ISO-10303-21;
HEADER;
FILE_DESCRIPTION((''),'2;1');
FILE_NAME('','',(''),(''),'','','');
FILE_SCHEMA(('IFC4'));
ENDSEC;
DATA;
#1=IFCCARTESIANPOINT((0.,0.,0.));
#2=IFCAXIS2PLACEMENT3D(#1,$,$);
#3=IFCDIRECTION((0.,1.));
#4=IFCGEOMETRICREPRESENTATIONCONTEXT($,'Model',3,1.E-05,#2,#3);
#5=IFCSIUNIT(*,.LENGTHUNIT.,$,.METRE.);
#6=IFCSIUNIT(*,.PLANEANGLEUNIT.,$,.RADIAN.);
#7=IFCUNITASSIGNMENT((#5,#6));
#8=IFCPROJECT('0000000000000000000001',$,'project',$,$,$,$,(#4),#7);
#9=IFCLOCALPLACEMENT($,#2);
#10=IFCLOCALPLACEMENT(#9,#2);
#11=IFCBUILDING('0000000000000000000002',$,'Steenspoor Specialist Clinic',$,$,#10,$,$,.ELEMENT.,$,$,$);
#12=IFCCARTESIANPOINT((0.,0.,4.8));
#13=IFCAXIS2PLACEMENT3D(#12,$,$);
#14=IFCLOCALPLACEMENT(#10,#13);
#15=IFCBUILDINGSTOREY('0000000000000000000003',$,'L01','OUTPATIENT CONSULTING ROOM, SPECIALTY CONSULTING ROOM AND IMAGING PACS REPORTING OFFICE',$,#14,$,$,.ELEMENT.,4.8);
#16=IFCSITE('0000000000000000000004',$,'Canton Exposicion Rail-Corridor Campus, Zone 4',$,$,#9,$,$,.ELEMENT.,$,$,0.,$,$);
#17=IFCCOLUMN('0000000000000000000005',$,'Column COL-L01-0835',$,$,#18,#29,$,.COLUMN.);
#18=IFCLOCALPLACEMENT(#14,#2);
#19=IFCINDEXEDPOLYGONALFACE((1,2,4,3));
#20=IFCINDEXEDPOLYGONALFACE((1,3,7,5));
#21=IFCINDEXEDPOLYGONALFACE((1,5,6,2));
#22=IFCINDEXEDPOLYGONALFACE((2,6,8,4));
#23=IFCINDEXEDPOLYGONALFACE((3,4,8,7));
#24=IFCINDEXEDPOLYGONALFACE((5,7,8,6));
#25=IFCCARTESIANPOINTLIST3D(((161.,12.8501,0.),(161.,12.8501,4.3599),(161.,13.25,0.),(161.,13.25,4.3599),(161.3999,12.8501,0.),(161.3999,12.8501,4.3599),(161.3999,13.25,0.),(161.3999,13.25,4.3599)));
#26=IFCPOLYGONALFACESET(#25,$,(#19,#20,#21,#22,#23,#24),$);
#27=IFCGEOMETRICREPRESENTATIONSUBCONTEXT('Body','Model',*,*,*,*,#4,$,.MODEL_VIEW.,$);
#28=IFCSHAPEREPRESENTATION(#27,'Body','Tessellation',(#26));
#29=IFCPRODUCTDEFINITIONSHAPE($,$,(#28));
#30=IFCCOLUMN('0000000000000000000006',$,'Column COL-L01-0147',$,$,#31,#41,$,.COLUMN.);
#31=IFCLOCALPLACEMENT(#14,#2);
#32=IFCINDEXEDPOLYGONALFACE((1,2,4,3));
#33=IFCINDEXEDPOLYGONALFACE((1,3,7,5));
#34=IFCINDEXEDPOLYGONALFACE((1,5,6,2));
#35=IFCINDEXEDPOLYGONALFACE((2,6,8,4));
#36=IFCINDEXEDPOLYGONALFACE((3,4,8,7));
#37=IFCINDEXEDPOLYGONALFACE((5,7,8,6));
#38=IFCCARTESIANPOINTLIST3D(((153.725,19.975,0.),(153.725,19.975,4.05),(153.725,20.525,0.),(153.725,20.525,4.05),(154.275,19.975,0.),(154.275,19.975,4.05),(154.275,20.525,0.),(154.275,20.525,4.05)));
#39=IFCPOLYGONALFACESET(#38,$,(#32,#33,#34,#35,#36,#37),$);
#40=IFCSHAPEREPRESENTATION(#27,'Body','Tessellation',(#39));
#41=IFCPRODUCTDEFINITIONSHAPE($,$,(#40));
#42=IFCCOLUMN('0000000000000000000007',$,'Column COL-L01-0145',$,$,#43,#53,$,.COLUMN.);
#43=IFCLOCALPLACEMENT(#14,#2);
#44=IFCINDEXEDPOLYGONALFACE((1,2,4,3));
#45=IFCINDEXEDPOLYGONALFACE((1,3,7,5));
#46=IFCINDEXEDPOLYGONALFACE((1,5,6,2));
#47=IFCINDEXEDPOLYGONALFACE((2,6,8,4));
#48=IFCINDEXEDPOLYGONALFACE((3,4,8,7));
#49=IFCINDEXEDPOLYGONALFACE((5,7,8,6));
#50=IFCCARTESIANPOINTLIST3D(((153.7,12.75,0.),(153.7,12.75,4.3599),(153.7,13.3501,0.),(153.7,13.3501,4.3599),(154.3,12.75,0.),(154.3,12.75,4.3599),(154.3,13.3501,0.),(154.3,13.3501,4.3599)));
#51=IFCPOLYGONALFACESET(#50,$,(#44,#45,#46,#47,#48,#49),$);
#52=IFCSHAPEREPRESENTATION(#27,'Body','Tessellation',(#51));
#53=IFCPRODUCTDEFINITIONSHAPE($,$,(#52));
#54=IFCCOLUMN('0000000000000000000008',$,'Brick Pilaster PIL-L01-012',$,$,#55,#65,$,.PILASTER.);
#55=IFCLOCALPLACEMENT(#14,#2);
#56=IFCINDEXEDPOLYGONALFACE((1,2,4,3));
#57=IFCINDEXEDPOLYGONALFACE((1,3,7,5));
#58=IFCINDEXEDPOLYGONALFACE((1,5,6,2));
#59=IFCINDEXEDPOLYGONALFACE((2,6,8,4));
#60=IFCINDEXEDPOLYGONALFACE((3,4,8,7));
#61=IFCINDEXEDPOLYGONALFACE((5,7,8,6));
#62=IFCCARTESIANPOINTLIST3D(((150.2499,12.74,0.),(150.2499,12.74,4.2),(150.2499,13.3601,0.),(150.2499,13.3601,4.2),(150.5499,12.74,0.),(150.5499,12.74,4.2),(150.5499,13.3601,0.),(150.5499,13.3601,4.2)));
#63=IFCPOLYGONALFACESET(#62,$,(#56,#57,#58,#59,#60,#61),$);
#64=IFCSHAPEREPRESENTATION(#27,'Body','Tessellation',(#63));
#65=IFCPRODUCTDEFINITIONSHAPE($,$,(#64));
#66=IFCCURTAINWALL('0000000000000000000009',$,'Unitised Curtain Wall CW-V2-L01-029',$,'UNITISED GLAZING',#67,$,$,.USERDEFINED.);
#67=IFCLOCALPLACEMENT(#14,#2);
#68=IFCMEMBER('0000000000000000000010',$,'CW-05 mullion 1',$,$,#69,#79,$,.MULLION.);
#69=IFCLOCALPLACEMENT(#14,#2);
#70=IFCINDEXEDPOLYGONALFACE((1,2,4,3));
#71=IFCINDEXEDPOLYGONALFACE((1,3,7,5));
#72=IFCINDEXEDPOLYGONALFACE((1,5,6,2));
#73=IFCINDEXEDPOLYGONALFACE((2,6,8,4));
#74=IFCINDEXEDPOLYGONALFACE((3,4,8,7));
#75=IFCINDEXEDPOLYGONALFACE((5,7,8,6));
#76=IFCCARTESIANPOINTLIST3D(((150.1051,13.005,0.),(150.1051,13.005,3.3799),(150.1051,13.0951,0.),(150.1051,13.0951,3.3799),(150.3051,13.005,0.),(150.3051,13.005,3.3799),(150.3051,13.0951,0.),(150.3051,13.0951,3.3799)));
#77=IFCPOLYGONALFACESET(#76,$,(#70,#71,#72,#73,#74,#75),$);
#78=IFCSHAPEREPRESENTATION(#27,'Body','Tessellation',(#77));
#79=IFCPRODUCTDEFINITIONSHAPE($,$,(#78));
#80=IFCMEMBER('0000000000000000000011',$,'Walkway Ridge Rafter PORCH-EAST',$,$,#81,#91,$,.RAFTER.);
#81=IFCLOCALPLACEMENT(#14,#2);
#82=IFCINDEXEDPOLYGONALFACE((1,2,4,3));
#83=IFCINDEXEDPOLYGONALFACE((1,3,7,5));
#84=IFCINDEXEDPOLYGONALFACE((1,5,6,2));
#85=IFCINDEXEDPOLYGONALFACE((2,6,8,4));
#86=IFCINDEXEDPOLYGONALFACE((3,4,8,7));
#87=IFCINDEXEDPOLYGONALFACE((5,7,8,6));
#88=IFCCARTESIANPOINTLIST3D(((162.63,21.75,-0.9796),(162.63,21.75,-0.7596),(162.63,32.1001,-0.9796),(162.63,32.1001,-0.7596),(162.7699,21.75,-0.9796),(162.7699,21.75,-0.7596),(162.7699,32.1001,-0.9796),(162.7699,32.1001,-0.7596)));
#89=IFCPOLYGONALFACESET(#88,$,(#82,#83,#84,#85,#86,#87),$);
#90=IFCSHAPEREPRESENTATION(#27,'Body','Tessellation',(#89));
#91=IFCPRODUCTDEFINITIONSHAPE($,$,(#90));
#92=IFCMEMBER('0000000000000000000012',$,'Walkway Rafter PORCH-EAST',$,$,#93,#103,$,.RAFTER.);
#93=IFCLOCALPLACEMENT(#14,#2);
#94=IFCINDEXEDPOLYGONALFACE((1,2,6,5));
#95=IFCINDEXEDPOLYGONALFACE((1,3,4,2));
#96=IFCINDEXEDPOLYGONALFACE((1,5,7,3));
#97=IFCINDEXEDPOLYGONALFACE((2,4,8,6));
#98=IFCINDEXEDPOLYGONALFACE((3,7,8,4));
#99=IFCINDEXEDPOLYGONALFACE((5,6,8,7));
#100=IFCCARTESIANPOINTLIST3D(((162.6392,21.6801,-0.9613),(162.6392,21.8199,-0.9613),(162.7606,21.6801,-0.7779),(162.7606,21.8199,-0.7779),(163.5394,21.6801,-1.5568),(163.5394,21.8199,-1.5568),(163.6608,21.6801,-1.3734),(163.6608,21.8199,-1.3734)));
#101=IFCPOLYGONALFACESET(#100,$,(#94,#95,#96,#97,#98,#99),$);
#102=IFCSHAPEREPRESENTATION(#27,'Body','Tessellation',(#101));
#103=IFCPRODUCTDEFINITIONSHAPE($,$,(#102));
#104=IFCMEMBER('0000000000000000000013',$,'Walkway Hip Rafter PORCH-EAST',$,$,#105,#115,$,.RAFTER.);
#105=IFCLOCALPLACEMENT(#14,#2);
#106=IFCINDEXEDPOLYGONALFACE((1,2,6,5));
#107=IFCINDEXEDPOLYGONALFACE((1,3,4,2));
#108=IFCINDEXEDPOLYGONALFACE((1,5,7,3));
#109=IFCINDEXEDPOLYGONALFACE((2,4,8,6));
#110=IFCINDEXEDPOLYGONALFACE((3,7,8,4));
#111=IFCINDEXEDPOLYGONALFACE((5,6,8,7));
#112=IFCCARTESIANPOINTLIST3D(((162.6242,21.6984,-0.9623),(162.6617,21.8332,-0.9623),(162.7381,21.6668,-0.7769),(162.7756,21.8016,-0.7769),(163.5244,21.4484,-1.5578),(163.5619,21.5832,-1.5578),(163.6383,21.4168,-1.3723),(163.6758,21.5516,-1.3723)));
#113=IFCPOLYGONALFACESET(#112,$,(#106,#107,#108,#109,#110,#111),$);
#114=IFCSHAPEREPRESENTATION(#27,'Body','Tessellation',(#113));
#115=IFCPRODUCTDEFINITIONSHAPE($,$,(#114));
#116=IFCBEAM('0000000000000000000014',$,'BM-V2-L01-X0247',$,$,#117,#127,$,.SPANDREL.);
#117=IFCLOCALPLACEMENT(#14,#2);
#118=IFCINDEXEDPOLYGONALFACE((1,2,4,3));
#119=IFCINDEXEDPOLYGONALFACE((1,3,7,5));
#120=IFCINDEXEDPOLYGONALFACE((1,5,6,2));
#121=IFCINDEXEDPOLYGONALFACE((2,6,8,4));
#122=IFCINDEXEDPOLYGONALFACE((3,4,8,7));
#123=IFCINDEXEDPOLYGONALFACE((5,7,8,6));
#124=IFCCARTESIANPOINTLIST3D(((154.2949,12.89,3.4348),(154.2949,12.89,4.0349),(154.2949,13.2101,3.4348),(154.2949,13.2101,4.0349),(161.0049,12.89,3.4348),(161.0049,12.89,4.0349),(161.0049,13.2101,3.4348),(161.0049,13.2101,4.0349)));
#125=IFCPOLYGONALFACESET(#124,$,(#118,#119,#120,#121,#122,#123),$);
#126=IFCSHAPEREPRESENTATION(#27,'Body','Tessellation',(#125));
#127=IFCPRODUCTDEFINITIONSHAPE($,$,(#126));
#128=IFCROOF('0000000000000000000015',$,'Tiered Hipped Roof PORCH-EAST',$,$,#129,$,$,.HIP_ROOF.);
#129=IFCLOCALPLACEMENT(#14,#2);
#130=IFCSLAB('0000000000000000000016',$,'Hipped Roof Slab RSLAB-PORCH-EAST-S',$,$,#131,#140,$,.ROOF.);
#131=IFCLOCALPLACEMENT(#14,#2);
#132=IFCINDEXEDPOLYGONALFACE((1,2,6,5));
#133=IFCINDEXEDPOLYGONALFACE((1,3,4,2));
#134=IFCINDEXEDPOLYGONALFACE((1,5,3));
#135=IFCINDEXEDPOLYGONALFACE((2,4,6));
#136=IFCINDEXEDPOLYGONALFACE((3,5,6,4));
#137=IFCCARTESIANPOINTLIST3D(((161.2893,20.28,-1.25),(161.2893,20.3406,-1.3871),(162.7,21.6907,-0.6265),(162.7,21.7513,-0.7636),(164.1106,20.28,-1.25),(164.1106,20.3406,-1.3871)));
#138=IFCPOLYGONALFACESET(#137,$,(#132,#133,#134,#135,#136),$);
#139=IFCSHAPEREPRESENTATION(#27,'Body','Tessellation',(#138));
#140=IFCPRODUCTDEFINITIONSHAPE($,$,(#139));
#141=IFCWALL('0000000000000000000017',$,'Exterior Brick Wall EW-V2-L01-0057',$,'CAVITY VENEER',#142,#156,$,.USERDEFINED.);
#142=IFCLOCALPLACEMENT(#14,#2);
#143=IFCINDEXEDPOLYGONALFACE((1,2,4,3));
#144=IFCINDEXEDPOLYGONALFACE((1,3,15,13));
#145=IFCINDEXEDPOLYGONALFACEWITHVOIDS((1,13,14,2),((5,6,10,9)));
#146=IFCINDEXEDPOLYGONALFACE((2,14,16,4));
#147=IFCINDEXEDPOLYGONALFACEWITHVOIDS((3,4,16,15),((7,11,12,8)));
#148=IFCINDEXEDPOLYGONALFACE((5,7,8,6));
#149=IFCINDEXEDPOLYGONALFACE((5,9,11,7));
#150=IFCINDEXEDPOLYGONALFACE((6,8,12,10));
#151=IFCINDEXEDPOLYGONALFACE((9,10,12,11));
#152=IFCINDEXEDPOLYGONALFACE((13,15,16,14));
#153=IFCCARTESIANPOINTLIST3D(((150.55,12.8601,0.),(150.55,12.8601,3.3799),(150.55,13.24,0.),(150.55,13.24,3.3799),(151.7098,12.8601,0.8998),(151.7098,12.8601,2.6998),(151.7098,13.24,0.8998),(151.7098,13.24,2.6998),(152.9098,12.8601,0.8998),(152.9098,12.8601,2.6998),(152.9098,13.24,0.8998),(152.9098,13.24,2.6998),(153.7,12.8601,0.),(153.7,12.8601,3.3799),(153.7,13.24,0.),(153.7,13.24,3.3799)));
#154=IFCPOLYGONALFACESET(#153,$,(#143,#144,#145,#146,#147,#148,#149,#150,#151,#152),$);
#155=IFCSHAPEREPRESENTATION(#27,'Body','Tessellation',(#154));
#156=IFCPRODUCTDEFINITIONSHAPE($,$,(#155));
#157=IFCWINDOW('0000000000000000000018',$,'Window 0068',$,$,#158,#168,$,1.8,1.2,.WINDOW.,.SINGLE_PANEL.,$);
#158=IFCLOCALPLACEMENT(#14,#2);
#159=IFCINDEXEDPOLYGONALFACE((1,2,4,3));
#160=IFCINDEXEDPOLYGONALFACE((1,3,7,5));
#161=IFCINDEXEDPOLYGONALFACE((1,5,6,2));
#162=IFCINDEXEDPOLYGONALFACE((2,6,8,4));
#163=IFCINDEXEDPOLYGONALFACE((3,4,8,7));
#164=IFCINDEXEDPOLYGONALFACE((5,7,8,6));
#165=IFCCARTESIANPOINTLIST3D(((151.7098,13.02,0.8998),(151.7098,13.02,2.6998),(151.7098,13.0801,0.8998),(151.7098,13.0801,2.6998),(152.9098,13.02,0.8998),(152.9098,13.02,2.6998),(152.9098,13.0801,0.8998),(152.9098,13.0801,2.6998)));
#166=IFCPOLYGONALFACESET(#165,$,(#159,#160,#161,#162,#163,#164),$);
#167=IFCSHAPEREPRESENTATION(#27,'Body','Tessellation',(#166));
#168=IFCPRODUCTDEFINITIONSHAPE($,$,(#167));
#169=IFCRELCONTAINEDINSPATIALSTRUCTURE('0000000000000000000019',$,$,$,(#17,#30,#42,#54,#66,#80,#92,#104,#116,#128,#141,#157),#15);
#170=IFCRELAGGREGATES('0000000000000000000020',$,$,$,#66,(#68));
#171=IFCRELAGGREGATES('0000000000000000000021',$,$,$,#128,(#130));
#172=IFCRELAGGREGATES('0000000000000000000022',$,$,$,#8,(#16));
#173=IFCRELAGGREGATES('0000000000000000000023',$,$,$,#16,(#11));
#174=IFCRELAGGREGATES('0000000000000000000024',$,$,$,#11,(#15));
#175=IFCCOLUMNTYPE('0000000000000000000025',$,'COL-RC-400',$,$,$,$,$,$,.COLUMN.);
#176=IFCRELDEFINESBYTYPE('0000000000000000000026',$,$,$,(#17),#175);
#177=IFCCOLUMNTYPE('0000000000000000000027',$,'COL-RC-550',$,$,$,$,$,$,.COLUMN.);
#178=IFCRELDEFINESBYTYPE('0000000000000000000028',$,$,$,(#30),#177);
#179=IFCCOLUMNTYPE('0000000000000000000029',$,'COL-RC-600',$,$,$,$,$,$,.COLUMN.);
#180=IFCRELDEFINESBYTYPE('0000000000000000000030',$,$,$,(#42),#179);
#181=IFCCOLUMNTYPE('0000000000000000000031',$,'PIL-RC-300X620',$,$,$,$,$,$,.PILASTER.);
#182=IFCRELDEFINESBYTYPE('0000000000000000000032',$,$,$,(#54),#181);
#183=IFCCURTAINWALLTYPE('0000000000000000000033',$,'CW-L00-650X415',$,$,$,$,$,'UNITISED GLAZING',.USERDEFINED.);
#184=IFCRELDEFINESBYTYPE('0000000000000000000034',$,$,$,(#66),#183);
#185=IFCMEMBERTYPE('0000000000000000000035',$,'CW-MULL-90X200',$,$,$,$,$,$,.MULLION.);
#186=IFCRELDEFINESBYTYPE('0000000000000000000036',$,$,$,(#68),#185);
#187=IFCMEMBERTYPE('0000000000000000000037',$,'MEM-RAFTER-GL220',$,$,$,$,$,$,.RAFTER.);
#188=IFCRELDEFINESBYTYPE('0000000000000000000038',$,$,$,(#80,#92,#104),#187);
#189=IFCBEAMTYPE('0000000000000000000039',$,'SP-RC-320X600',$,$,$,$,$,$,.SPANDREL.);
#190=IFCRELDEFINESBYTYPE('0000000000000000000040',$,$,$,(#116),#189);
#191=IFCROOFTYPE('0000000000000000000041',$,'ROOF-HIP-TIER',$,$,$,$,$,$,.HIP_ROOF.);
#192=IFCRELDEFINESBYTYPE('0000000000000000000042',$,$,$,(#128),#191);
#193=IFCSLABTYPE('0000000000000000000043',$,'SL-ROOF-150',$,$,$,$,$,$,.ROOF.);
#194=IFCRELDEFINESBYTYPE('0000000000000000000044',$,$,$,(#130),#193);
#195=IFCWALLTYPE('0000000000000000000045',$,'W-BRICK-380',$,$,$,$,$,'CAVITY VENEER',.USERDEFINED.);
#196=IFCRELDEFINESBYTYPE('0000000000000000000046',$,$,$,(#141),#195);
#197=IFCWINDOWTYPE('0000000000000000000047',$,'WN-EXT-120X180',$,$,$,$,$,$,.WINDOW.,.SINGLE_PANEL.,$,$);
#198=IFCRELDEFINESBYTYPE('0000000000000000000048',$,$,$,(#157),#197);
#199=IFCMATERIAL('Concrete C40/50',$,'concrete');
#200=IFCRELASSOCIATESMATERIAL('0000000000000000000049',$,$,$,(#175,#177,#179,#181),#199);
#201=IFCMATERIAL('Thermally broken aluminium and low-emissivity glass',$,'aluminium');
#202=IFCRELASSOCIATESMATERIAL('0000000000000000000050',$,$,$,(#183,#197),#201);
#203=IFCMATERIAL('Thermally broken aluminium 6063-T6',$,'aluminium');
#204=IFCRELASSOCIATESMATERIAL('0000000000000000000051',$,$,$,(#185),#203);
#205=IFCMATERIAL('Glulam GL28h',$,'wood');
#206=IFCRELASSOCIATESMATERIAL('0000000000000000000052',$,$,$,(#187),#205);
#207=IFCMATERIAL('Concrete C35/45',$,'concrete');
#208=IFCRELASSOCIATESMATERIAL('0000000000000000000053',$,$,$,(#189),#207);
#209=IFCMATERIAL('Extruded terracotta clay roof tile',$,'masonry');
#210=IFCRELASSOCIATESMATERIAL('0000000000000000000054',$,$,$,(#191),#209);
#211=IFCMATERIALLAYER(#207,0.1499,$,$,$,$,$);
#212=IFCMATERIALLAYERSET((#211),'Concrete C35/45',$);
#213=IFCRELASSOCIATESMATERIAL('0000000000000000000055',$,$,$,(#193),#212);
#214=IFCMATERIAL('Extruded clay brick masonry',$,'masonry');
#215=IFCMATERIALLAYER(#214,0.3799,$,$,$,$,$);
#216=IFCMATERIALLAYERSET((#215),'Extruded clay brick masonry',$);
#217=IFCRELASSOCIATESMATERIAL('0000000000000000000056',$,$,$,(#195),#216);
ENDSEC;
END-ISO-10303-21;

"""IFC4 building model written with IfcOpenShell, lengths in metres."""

from ifc_helpers import new_model, si_unit, direction, frame, frame_2d, origin, origin_2d, place, context, subcontext, project, spatial, polyline, rectangle, outline, extrude, material, layer, layer_set, material_profile, profile_set, type_object, element, fill, aggregate, save


model = new_model("IFC4")

# Units and contexts
model_context = context("Model", 3, precision=1e-05, world=origin(), true_north=direction((0.0, 1.0)))
body_context = subcontext(model_context, "Body", "Model", "MODEL_VIEW")
ifc_project = project(units=[si_unit("LENGTHUNIT", "METRE"), si_unit("PLANEANGLEUNIT", "RADIAN")], contexts=[model_context])

# Site, building, storey
site_placement = place(None, origin())
site = spatial("IfcSite", under=ifc_project, at=site_placement, Name="Canton Exposicion Rail-Corridor Campus, Zone 4", CompositionType="ELEMENT", RefElevation=0.0)
building_placement = place(site_placement, origin())
building = spatial("IfcBuilding", under=site, at=building_placement, Name="Steenspoor Specialist Clinic", CompositionType="ELEMENT")
storey_placement = place(building_placement, frame((0.0, 0.0, 4.8)))
storey = spatial("IfcBuildingStorey", under=building, at=storey_placement, Name="L01", Description="OUTPATIENT CONSULTING ROOM, SPECIALTY CONSULTING ROOM AND IMAGING PACS REPORTING OFFICE", CompositionType="ELEMENT", Elevation=4.8)

# Columns
ifc_material_1 = material(Name="Concrete C40/50", Category="concrete")
ifc_material_profile_1 = material_profile(ifc_material_1, rectangle(XDim=0.3999, YDim=0.3999, at=origin_2d()), Name="RC-COL-400X400")
ifc_profile_set_1 = profile_set([ifc_material_profile_1], Name="Concrete C40/50")
column_type_1 = type_object("IfcColumnType", Name="COL-RC-400", PredefinedType="COLUMN", material=ifc_profile_set_1)
column_1_placement = place(storey_placement, frame((161.2, 13.05, 0.0), z_axis=(0.0, 0.0, 1.0), x_axis=(1.0, 0.0, 0.0)))
element("IfcColumn", 1, at=column_1_placement, inside=storey, type_object=column_type_1, Name="Column COL-L01-0835", PredefinedType="COLUMN", context=body_context, shape_type="SweptSolid", body=[
    extrude(rectangle(XDim=0.3999, YDim=0.3999, at=origin_2d()), origin(), (0.0, 0.0, 1.0), 4.3599),
])
ifc_material_profile_2 = material_profile(ifc_material_1, rectangle(XDim=0.55, YDim=0.55, at=origin_2d()), Name="RC-COL-550X550")
ifc_profile_set_2 = profile_set([ifc_material_profile_2], Name="Concrete C40/50")
column_type_2 = type_object("IfcColumnType", Name="COL-RC-550", PredefinedType="COLUMN", material=ifc_profile_set_2)
column_2_placement = place(storey_placement, frame((154.0, 20.25, 0.0), z_axis=(0.0, 0.0, 1.0), x_axis=(1.0, 0.0, 0.0)))
element("IfcColumn", 2, at=column_2_placement, inside=storey, type_object=column_type_2, Name="Column COL-L01-0147", PredefinedType="COLUMN", context=body_context, shape_type="SweptSolid", body=[
    extrude(rectangle(XDim=0.55, YDim=0.55, at=origin_2d()), origin(), (0.0, 0.0, 1.0), 4.05),
])
ifc_material_profile_3 = material_profile(ifc_material_1, rectangle(XDim=0.6001, YDim=0.6001, at=origin_2d()), Name="RC-COL-600X600")
ifc_profile_set_3 = profile_set([ifc_material_profile_3], Name="Concrete C40/50")
column_type_3 = type_object("IfcColumnType", Name="COL-RC-600", PredefinedType="COLUMN", material=ifc_profile_set_3)
column_3_placement = place(storey_placement, frame((154.0, 13.05, 0.0), z_axis=(0.0, 0.0, 1.0), x_axis=(1.0, 0.0, 0.0)))
element("IfcColumn", 3, at=column_3_placement, inside=storey, type_object=column_type_3, Name="Column COL-L01-0145", PredefinedType="COLUMN", context=body_context, shape_type="SweptSolid", body=[
    extrude(rectangle(XDim=0.6001, YDim=0.6001, at=origin_2d()), origin(), (0.0, 0.0, 1.0), 4.3599),
])
ifc_material_profile_4 = material_profile(ifc_material_1, rectangle(XDim=0.3, YDim=0.6201, at=origin_2d()), Name="RC-PIL-300X620")
ifc_profile_set_4 = profile_set([ifc_material_profile_4], Name="Concrete C40/50")
column_type_4 = type_object("IfcColumnType", Name="PIL-RC-300X620", PredefinedType="PILASTER", material=ifc_profile_set_4)
column_4_placement = place(storey_placement, frame((150.3999, 13.05, 0.0), z_axis=(0.0, 0.0, 1.0), x_axis=(1.0, 0.0, 0.0)))
element("IfcColumn", 4, at=column_4_placement, inside=storey, type_object=column_type_4, Name="Brick Pilaster PIL-L01-012", PredefinedType="PILASTER", context=body_context, shape_type="SweptSolid", body=[
    extrude(rectangle(XDim=0.3, YDim=0.6201, at=origin_2d()), origin(), (0.0, 0.0, 1.0), 4.2),
])

# Curtain wall, member
ifc_material_2 = material(Name="Thermally broken aluminium and low-emissivity glass", Category="aluminium")
curtain_wall_type = type_object("IfcCurtainWallType", Name="CW-L00-650X415", ElementType="UNITISED GLAZING", PredefinedType="USERDEFINED", material=ifc_material_2)
curtain_wall_placement = place(storey_placement, origin())
curtain_wall = element("IfcCurtainWall", 5, at=curtain_wall_placement, inside=storey, type_object=curtain_wall_type, Name="Unitised Curtain Wall CW-V2-L01-029", ObjectType="UNITISED GLAZING", PredefinedType="USERDEFINED")
ifc_material_3 = material(Name="Thermally broken aluminium 6063-T6", Category="aluminium")
ifc_material_profile_5 = material_profile(ifc_material_3, rectangle(XDim=0.0901, YDim=0.2, at=origin_2d()), Name="CWM-90X200")
ifc_profile_set_5 = profile_set([ifc_material_profile_5], Name="Thermally broken aluminium 6063-T6")
member_type_1 = type_object("IfcMemberType", Name="CW-MULL-90X200", PredefinedType="MULLION", material=ifc_profile_set_5)
member_1_placement = place(storey_placement, frame((150.2051, 13.05, 0.0), z_axis=(0.0, 0.0, 1.0), x_axis=(0.0, -1.0, 0.0)))
member_1 = element("IfcMember", 6, at=member_1_placement, type_object=member_type_1, Name="CW-05 mullion 1", PredefinedType="MULLION", context=body_context, shape_type="SweptSolid", body=[
    extrude(rectangle(XDim=0.0901, YDim=0.2, at=origin_2d()), origin(), (0.0, 0.0, 1.0), 3.3799),
])
aggregate(curtain_wall, [member_1])

# Members
ifc_material_4 = material(Name="Glulam GL28h", Category="wood")
ifc_material_profile_6 = material_profile(ifc_material_4, rectangle(XDim=0.1399, YDim=0.22, at=origin_2d()), Name="GL28H-140X220")
ifc_profile_set_6 = profile_set([ifc_material_profile_6], Name="Glulam GL28h")
member_type_2 = type_object("IfcMemberType", Name="MEM-RAFTER-GL220", PredefinedType="RAFTER", material=ifc_profile_set_6)
member_2_placement = place(storey_placement, frame((162.7, 21.75, -0.8696), z_axis=(0.0, 1.0, 0.0), x_axis=(-1.0, 0.0, 0.0)))
element("IfcMember", 7, at=member_2_placement, inside=storey, type_object=member_type_2, Name="Walkway Ridge Rafter PORCH-EAST", PredefinedType="RAFTER", context=body_context, shape_type="SweptSolid", body=[
    extrude(rectangle(XDim=0.1399, YDim=0.22, at=origin_2d()), origin(), (0.0, 0.0, 1.0), 10.3501),
])
member_3_placement = place(storey_placement, frame((163.6001, 21.75, -1.4651), z_axis=(-0.834029, 0.0, 0.551721), x_axis=(0.0, -1.0, 0.0)))
element("IfcMember", 8, at=member_3_placement, inside=storey, type_object=member_type_2, Name="Walkway Rafter PORCH-EAST", PredefinedType="RAFTER", context=body_context, shape_type="SweptSolid", body=[
    extrude(rectangle(XDim=0.1399, YDim=0.22, at=origin_2d()), origin(), (0.0, 0.0, 1.0), 1.0793),
])
member_4_placement = place(storey_placement, frame((163.6001, 21.5, -1.4651), z_axis=(-0.812515, 0.225662, 0.53749), x_axis=(-0.267603, -0.963529, 0.0)))
element("IfcMember", 9, at=member_4_placement, inside=storey, type_object=member_type_2, Name="Walkway Hip Rafter PORCH-EAST", PredefinedType="RAFTER", context=body_context, shape_type="SweptSolid", body=[
    extrude(rectangle(XDim=0.1399, YDim=0.22, at=origin_2d()), origin(), (0.0, 0.0, 1.0), 1.1079),
])

# Beam
ifc_material_5 = material(Name="Concrete C35/45", Category="concrete")
ifc_material_profile_7 = material_profile(ifc_material_5, rectangle(XDim=0.3201, YDim=0.6001, at=origin_2d()), Name="RC-SP-320X600")
ifc_profile_set_7 = profile_set([ifc_material_profile_7], Name="Concrete C35/45")
beam_type = type_object("IfcBeamType", Name="SP-RC-320X600", PredefinedType="SPANDREL", material=ifc_profile_set_7)
beam_placement = place(storey_placement, frame((154.2949, 13.05, 3.7349), z_axis=(1.0, 0.0, 0.0), x_axis=(0.0, 1.0, 0.0)))
element("IfcBeam", 10, at=beam_placement, inside=storey, type_object=beam_type, Name="BM-V2-L01-X0247", PredefinedType="SPANDREL", context=body_context, shape_type="SweptSolid", body=[
    extrude(rectangle(XDim=0.3201, YDim=0.6001, at=origin_2d()), origin(), (0.0, 0.0, 1.0), 6.71),
])

# Roof, slab
ifc_material_6 = material(Name="Extruded terracotta clay roof tile", Category="masonry")
roof_type = type_object("IfcRoofType", Name="ROOF-HIP-TIER", PredefinedType="HIP_ROOF", material=ifc_material_6)
roof_placement = place(storey_placement, origin())
roof = element("IfcRoof", 11, at=roof_placement, inside=storey, type_object=roof_type, Name="Tiered Hipped Roof PORCH-EAST", PredefinedType="HIP_ROOF")
ifc_layer_1 = layer(ifc_material_5, 0.1499)
ifc_layer_set_1 = layer_set([ifc_layer_1], Name="Concrete C35/45")
slab_type = type_object("IfcSlabType", Name="SL-ROOF-150", PredefinedType="ROOF", material=ifc_layer_set_1)
slab_placement = place(storey_placement, frame((162.7, 21.6907, -0.6265), z_axis=(0.0, -0.404287, 0.914632), x_axis=(-0.674908, -0.674908, -0.298324)))
slab = element("IfcSlab", 12, at=slab_placement, type_object=slab_type, Name="Hipped Roof Slab RSLAB-PORCH-EAST-S", PredefinedType="ROOF", context=body_context, shape_type="SweptSolid", body=[
    extrude(outline(polyline([(0.0, 0.0), (2.0901, 0.0), (0.186, 2.0818), (0.0, 0.0)])), origin(), (0.0, 0.0, -1.0), 0.1499),
])
aggregate(roof, [slab])

# Wall, opening, window
ifc_material_7 = material(Name="Extruded clay brick masonry", Category="masonry")
ifc_layer_2 = layer(ifc_material_7, 0.3799)
ifc_layer_set_2 = layer_set([ifc_layer_2], Name="Extruded clay brick masonry")
wall_type_1 = type_object("IfcWallType", Name="W-BRICK-380", ElementType="CAVITY VENEER", PredefinedType="USERDEFINED", material=ifc_layer_set_2)
wall_1_placement = place(storey_placement, frame((153.7, 13.05, 0.0), z_axis=(0.0, 0.0, 1.0), x_axis=(-1.0, 0.0, 0.0)))
wall_1 = element("IfcWall", 13, at=wall_1_placement, inside=storey, type_object=wall_type_1, Name="Exterior Brick Wall EW-V2-L01-0057", ObjectType="CAVITY VENEER", PredefinedType="USERDEFINED", context=body_context, shape_type="SweptSolid", body=[
    extrude(rectangle(XDim=3.1499, YDim=0.3799, at=frame_2d((1.575, 0.0))), origin(), (0.0, 0.0, 1.0), 3.3799),
])
opening_1_placement = place(wall_1_placement, frame((0.79, 0.0, 0.8999)))
opening_1 = element("IfcOpeningElement", 14, at=opening_1_placement, cuts=wall_1, PredefinedType="OPENING", context=body_context, shape_type="SweptSolid", body=[
    extrude(rectangle(XDim=1.2, YDim=1.8, at=frame_2d((0.6001, 0.8999))), frame((0.0, 0.2, 0.0), z_axis=(0.0, -1.0, 0.0), x_axis=(1.0, 0.0, 0.0)), (0.0, 0.0, 1.0), 0.3999),
])
window_type_1 = type_object("IfcWindowType", Name="WN-EXT-120X180", PartitioningType="SINGLE_PANEL", PredefinedType="WINDOW", material=ifc_material_2)
window_1_placement = place(opening_1_placement, origin())
window_1 = element("IfcWindow", 15, at=window_1_placement, inside=storey, type_object=window_type_1, Name="Window 0068", OverallHeight=1.8, OverallWidth=1.2, PartitioningType="SINGLE_PANEL", PredefinedType="WINDOW", context=body_context, shape_type="SweptSolid", body=[
    extrude(rectangle(XDim=1.2, YDim=1.8, at=frame_2d((0.6001, 0.8999))), frame((0.0, 0.03, 0.0), z_axis=(0.0, -1.0, 0.0), x_axis=(1.0, 0.0, 0.0)), (0.0, 0.0, 1.0), 0.0601),
])
fill(opening_1, window_1)

save(model, "model.ifc")
